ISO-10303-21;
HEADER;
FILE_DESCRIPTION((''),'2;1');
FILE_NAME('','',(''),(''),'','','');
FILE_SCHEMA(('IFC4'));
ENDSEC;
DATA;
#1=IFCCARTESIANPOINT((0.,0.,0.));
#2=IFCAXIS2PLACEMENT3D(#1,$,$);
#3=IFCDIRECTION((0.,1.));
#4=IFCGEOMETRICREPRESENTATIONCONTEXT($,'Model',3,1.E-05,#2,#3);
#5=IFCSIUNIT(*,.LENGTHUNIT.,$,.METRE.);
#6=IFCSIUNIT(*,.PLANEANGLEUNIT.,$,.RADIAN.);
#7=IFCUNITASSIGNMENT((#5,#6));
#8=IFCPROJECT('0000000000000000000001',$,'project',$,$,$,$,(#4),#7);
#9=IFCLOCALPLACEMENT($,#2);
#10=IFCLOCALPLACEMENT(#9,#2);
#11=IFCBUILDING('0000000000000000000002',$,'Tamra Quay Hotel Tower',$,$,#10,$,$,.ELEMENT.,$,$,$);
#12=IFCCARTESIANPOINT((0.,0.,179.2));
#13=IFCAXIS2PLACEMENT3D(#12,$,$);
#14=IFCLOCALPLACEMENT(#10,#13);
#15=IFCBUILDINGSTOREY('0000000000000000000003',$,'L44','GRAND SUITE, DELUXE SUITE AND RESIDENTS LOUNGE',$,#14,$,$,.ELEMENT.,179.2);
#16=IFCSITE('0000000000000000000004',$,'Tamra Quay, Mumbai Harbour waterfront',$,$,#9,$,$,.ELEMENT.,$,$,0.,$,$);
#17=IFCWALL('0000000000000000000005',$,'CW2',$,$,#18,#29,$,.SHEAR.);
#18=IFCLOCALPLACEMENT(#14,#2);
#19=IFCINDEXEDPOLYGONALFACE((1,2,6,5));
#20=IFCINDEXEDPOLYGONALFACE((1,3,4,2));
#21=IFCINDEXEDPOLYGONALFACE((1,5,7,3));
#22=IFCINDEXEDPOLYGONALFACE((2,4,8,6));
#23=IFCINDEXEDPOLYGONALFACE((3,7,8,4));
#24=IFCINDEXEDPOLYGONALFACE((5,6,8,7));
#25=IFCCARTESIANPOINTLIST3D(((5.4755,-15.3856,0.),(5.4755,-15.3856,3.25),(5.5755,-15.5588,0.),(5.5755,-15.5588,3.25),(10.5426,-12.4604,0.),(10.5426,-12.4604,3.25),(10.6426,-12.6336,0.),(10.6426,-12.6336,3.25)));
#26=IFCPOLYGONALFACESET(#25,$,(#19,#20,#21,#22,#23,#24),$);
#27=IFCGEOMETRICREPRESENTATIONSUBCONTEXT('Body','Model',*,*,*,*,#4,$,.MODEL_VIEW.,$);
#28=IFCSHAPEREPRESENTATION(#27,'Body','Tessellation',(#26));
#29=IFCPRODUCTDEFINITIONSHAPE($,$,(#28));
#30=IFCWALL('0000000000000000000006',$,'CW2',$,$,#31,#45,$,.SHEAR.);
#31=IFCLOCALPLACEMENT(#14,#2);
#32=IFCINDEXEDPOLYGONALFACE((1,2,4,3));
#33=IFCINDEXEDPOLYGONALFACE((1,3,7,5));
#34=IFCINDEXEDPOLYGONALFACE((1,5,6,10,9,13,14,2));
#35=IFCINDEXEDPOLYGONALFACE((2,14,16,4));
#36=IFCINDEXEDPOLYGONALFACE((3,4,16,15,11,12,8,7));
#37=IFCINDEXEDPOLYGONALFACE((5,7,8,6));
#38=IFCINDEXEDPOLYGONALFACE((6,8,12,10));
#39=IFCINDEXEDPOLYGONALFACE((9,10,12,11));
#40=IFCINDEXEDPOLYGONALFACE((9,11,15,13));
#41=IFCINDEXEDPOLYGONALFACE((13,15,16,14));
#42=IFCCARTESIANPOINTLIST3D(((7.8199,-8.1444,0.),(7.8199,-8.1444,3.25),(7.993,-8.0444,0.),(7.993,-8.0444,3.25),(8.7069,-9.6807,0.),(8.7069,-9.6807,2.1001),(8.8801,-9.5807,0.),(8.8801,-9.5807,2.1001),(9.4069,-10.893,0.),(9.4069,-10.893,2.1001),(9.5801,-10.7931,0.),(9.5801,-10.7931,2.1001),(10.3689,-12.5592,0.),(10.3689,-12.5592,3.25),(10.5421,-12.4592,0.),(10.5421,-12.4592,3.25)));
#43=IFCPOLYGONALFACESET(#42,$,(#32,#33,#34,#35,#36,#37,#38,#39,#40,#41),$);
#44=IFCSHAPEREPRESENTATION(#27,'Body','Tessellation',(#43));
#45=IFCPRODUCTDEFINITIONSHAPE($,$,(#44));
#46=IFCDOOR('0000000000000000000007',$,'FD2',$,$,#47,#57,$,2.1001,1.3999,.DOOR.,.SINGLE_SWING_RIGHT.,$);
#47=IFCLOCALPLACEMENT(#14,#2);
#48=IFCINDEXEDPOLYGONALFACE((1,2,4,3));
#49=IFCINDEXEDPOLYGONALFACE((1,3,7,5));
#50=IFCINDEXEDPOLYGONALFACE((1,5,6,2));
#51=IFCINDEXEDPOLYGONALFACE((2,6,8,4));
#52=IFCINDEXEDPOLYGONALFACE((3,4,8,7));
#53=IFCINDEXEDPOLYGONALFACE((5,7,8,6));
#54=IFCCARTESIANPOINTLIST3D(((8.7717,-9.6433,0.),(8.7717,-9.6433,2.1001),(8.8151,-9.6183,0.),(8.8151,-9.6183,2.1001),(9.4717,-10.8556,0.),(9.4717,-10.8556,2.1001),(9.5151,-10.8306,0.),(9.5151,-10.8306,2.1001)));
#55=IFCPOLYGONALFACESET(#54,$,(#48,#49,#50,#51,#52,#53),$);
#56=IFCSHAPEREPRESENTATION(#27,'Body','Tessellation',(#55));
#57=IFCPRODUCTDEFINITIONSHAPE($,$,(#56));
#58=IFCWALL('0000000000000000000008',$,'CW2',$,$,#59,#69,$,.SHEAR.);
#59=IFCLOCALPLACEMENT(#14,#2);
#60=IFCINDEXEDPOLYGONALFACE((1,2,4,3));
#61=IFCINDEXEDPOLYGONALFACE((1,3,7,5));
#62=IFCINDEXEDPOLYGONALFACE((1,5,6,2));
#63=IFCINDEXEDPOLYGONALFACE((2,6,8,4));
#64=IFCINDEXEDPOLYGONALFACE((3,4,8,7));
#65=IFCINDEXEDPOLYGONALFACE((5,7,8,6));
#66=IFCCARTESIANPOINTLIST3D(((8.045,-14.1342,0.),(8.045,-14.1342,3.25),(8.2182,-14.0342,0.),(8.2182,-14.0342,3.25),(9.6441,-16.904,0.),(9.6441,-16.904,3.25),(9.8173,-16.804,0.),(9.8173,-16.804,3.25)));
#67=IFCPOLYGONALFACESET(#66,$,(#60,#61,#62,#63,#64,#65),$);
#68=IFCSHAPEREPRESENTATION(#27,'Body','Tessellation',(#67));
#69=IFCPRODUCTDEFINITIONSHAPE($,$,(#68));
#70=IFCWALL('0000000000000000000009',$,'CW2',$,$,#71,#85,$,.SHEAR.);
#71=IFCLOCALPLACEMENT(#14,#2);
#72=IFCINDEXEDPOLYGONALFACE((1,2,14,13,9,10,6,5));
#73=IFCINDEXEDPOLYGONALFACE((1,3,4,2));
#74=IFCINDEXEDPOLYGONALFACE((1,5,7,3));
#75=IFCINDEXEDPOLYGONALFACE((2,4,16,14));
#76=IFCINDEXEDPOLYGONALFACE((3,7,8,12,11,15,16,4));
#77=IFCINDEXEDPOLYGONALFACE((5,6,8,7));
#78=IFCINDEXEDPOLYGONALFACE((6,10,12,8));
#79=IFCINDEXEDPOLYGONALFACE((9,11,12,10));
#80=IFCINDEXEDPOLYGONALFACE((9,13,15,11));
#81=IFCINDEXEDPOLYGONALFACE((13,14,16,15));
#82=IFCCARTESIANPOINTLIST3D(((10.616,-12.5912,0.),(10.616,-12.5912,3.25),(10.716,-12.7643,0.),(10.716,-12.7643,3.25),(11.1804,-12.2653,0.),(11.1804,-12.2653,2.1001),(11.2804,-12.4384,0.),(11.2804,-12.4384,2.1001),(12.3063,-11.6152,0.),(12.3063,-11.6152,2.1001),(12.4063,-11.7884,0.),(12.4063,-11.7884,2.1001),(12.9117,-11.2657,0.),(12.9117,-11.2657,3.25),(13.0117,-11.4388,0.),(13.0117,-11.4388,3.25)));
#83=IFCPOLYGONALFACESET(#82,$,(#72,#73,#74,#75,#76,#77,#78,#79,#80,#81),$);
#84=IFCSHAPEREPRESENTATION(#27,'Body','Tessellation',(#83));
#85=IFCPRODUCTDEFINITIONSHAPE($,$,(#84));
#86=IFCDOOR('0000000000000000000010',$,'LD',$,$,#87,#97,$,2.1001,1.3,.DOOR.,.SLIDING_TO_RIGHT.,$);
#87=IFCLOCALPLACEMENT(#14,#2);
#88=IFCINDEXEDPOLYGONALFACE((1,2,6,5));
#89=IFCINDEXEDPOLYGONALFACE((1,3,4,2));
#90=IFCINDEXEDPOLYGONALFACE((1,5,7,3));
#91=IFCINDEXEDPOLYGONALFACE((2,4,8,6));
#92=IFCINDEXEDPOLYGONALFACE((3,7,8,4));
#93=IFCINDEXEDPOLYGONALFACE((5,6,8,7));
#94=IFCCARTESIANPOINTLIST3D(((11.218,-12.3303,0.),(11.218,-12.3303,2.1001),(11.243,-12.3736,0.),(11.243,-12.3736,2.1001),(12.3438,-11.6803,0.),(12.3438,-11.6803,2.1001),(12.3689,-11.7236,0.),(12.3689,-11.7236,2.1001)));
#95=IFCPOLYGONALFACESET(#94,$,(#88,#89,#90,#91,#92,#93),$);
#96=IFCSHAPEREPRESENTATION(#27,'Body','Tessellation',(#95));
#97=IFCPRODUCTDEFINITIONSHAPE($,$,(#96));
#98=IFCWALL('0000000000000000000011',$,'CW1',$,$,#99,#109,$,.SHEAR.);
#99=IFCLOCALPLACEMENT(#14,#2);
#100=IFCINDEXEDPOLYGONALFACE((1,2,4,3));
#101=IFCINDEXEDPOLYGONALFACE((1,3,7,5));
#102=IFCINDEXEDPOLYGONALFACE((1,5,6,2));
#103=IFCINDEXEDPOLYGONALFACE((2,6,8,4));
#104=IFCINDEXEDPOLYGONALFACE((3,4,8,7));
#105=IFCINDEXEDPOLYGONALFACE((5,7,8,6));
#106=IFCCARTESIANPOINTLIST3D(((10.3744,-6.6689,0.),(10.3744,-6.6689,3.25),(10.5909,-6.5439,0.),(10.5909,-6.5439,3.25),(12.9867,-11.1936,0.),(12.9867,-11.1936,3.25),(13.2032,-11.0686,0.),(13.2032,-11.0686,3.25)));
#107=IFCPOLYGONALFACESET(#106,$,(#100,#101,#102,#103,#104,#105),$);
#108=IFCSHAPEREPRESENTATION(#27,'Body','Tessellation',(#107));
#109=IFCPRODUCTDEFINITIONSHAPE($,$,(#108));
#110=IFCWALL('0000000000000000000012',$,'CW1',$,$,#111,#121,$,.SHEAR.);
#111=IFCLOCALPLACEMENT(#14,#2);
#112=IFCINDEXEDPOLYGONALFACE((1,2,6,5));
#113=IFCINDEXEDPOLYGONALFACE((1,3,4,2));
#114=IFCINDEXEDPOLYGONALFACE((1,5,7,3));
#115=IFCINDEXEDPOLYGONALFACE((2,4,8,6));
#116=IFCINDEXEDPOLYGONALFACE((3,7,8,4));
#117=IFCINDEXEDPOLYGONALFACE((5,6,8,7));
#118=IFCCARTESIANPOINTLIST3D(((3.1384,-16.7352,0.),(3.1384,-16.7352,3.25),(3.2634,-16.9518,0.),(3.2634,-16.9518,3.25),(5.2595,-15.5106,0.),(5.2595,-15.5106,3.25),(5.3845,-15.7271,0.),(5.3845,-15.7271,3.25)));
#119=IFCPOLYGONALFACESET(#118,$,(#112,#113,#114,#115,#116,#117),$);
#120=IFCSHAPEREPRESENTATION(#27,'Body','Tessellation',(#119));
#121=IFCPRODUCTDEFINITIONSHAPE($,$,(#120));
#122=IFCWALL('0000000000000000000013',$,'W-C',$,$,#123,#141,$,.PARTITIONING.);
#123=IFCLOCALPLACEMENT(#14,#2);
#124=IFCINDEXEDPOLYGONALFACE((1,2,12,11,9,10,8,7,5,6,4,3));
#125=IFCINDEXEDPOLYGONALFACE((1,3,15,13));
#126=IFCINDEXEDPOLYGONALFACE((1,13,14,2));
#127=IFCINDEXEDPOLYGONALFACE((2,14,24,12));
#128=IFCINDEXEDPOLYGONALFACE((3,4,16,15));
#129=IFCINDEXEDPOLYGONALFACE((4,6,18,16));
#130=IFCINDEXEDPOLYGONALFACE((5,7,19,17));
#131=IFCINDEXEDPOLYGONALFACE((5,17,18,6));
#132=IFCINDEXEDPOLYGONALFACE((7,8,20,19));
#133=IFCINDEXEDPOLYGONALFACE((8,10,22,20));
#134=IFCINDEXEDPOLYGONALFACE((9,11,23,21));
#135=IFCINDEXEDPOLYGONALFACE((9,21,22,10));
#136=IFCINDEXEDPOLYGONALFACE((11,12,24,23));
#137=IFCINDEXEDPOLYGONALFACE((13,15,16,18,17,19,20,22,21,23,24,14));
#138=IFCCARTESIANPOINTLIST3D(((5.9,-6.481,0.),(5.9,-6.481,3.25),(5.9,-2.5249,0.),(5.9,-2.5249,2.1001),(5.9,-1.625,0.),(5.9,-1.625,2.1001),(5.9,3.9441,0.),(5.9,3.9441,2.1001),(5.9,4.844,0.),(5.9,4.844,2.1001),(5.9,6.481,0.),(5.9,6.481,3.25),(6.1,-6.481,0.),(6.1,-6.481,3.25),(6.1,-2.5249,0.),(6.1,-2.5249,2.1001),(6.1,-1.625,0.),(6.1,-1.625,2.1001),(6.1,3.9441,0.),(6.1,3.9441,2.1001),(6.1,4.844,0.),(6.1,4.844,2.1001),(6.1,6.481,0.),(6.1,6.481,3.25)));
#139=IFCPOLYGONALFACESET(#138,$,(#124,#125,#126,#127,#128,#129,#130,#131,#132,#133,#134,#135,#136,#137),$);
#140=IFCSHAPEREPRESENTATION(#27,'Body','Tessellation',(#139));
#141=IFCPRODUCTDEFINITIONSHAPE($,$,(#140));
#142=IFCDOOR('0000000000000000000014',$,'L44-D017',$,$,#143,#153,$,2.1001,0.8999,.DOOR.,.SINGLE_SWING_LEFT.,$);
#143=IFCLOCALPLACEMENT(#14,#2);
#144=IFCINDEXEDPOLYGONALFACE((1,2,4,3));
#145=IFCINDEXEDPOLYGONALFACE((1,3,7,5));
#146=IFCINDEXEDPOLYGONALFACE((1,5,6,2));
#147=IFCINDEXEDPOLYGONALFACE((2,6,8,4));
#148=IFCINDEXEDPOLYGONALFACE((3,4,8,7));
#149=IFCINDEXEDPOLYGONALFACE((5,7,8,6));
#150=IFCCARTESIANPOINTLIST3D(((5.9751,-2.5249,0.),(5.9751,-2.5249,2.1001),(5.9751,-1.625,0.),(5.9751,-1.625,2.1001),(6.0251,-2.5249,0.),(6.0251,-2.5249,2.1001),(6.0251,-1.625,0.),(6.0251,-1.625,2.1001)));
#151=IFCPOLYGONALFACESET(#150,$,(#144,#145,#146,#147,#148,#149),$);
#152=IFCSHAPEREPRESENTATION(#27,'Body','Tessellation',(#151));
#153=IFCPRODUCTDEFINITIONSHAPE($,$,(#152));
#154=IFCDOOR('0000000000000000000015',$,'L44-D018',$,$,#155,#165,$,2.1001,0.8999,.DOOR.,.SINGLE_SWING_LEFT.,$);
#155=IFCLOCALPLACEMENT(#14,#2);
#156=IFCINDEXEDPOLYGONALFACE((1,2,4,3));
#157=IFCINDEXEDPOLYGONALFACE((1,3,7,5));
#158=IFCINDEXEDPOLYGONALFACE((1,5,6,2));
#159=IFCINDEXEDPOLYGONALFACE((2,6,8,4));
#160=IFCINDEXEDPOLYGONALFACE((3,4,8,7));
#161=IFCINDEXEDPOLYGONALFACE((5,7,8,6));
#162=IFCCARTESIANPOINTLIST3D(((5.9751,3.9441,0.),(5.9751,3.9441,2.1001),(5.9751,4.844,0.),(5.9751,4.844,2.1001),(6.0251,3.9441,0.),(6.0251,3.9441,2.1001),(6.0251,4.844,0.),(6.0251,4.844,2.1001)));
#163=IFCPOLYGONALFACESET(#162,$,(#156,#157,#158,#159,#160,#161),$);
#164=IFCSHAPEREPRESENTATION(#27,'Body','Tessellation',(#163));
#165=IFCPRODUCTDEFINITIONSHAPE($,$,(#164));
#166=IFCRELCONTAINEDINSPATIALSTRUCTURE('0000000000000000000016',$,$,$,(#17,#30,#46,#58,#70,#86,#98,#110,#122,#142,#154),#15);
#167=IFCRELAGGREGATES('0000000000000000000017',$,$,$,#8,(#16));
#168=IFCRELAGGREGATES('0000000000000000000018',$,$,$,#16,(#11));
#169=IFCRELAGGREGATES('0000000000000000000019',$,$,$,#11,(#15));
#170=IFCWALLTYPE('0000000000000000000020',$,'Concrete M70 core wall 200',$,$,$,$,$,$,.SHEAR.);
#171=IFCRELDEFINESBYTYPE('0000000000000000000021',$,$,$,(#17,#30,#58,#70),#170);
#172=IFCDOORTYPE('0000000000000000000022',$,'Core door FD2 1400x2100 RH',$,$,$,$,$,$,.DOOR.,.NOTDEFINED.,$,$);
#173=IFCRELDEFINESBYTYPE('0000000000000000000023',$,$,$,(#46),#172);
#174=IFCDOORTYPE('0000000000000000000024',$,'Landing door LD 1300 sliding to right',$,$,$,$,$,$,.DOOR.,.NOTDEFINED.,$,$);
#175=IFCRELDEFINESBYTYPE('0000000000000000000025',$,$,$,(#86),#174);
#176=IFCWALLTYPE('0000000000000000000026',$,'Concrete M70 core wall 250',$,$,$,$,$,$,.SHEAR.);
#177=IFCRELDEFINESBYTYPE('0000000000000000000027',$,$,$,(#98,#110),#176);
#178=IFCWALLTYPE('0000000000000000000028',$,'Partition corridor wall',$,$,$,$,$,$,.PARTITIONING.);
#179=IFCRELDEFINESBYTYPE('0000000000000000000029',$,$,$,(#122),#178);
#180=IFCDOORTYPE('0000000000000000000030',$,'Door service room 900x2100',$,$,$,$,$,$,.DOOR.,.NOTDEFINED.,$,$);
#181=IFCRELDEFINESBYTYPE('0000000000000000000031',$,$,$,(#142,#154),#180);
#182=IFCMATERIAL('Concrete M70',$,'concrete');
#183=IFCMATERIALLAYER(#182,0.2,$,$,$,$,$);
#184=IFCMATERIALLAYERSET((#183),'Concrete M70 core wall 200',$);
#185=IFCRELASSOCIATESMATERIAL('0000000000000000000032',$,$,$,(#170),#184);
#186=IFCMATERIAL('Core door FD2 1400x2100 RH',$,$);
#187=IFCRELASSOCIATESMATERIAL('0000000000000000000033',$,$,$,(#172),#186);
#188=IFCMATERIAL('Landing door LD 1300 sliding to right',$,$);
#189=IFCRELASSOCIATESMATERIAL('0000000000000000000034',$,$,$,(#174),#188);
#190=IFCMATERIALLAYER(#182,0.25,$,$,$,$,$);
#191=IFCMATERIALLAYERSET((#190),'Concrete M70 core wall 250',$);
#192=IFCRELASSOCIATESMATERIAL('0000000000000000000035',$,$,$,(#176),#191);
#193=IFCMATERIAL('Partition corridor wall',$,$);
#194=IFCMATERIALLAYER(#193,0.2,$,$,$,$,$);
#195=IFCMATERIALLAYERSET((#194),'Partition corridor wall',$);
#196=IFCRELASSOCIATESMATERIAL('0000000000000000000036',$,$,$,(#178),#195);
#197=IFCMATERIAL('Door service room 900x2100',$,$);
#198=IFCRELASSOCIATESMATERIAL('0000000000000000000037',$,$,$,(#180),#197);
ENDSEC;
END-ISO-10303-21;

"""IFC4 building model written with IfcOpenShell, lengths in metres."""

from ifc_helpers import new_model, si_unit, direction, frame, frame_2d, origin, place, context, subcontext, project, spatial, rectangle, extrude, material, layer, layer_set, type_object, element, fill, save


model = new_model("IFC4")

# Units and contexts
model_context = context("Model", 3, precision=1e-05, world=origin(), true_north=direction((0.0, 1.0)))
body_context = subcontext(model_context, "Body", "Model", "MODEL_VIEW")
ifc_project = project(units=[si_unit("LENGTHUNIT", "METRE"), si_unit("PLANEANGLEUNIT", "RADIAN")], contexts=[model_context])

# Site, building, storey
site_placement = place(None, origin())
site = spatial("IfcSite", under=ifc_project, at=site_placement, Name="Tamra Quay, Mumbai Harbour waterfront", CompositionType="ELEMENT", RefElevation=0.0)
building_placement = place(site_placement, origin())
building = spatial("IfcBuilding", under=site, at=building_placement, Name="Tamra Quay Hotel Tower", CompositionType="ELEMENT")
storey_placement = place(building_placement, frame((0.0, 0.0, 179.2)))
storey = spatial("IfcBuildingStorey", under=building, at=storey_placement, Name="L44", Description="GRAND SUITE, DELUXE SUITE AND RESIDENTS LOUNGE", CompositionType="ELEMENT", Elevation=179.2)

# Wall
ifc_material_1 = material(Name="Concrete M70", Category="concrete")
ifc_layer_1 = layer(ifc_material_1, 0.2)
ifc_layer_set_1 = layer_set([ifc_layer_1], Name="Concrete M70 core wall 200")
wall_type_1 = type_object("IfcWallType", Name="Concrete M70 core wall 200", PredefinedType="SHEAR", material=ifc_layer_set_1)
wall_1_placement = place(storey_placement, frame((5.5256, -15.4722, 0.0), z_axis=(0.0, 0.0, 1.0), x_axis=(0.866042, 0.499972, 0.0)))
element("IfcWall", 1, at=wall_1_placement, inside=storey, type_object=wall_type_1, Name="CW2", PredefinedType="SHEAR", context=body_context, shape_type="SweptSolid", body=[
    extrude(rectangle(XDim=5.8508, YDim=0.2, at=frame_2d((2.9253, 0.0))), origin(), (0.0, 0.0, 1.0), 3.25),
])

# Wall, opening, door
wall_2_placement = place(storey_placement, frame((7.9065, -8.0945, 0.0), z_axis=(0.0, 0.0, 1.0), x_axis=(0.500028, -0.866009, 0.0)))
wall_2 = element("IfcWall", 2, at=wall_2_placement, inside=storey, type_object=wall_type_1, Name="CW2", PredefinedType="SHEAR", context=body_context, shape_type="SweptSolid", body=[
    extrude(rectangle(XDim=5.0979, YDim=0.2, at=frame_2d((2.5488, 0.0))), origin(), (0.0, 0.0, 1.0), 3.25),
])
opening_1_placement = place(wall_2_placement, frame((1.7739, 0.0, 0.0)))
opening_1 = element("IfcOpeningElement", 3, at=opening_1_placement, cuts=wall_2, PredefinedType="OPENING", context=body_context, shape_type="SweptSolid", body=[
    extrude(rectangle(XDim=1.3999, YDim=2.1001, at=frame_2d((0.7, 1.05))), frame((0.0, 0.1099, 0.0), z_axis=(0.0, -1.0, 0.0), x_axis=(1.0, 0.0, 0.0)), (0.0, 0.0, 1.0), 0.22),
])
ifc_material_2 = material(Name="Core door FD2 1400x2100 RH")
door_type_1 = type_object("IfcDoorType", Name="Core door FD2 1400x2100 RH", OperationType="NOTDEFINED", PredefinedType="DOOR", material=ifc_material_2)
door_1_placement = place(opening_1_placement, origin())
door_1 = element("IfcDoor", 4, at=door_1_placement, inside=storey, type_object=door_type_1, Name="FD2", OperationType="SINGLE_SWING_RIGHT", OverallHeight=2.1001, OverallWidth=1.3999, PredefinedType="DOOR", context=body_context, shape_type="SweptSolid", body=[
    extrude(rectangle(XDim=1.3999, YDim=2.1001, at=frame_2d((0.7, 1.05))), frame((0.0, 0.0249, 0.0), z_axis=(0.0, -1.0, 0.0), x_axis=(1.0, 0.0, 0.0)), (0.0, 0.0, 1.0), 0.05),
])
fill(opening_1, door_1)

# Wall
wall_3_placement = place(storey_placement, frame((8.1316, -14.0842, 0.0), z_axis=(0.0, 0.0, 1.0), x_axis=(0.499998, -0.866027, 0.0)))
element("IfcWall", 5, at=wall_3_placement, inside=storey, type_object=wall_type_1, Name="CW2", PredefinedType="SHEAR", context=body_context, shape_type="SweptSolid", body=[
    extrude(rectangle(XDim=3.1982, YDim=0.2, at=frame_2d((1.5991, 0.0))), origin(), (0.0, 0.0, 1.0), 3.25),
])

# Wall, opening, door
wall_4_placement = place(storey_placement, frame((10.666, -12.6777, 0.0), z_axis=(0.0, 0.0, 1.0), x_axis=(0.866018, 0.500012, 0.0)))
wall_4 = element("IfcWall", 6, at=wall_4_placement, inside=storey, type_object=wall_type_1, Name="CW2", PredefinedType="SHEAR", context=body_context, shape_type="SweptSolid", body=[
    extrude(rectangle(XDim=2.6509, YDim=0.2, at=frame_2d((1.3254, 0.0))), origin(), (0.0, 0.0, 1.0), 3.25),
])
opening_2_placement = place(wall_4_placement, frame((0.6519, 0.0, 0.0)))
opening_2 = element("IfcOpeningElement", 7, at=opening_2_placement, cuts=wall_4, PredefinedType="OPENING", context=body_context, shape_type="SweptSolid", body=[
    extrude(rectangle(XDim=1.3, YDim=2.1001, at=frame_2d((0.6499, 1.05))), frame((0.0, 0.1099, 0.0), z_axis=(0.0, -1.0, 0.0), x_axis=(1.0, 0.0, 0.0)), (0.0, 0.0, 1.0), 0.22),
])
ifc_material_3 = material(Name="Landing door LD 1300 sliding to right")
door_type_2 = type_object("IfcDoorType", Name="Landing door LD 1300 sliding to right", OperationType="NOTDEFINED", PredefinedType="DOOR", material=ifc_material_3)
door_2_placement = place(opening_2_placement, origin())
door_2 = element("IfcDoor", 8, at=door_2_placement, inside=storey, type_object=door_type_2, Name="LD", OperationType="SLIDING_TO_RIGHT", OverallHeight=2.1001, OverallWidth=1.3, PredefinedType="DOOR", context=body_context, shape_type="SweptSolid", body=[
    extrude(rectangle(XDim=1.3, YDim=2.1001, at=frame_2d((0.6499, 1.05))), frame((0.0, 0.0249, 0.0), z_axis=(0.0, -1.0, 0.0), x_axis=(1.0, 0.0, 0.0)), (0.0, 0.0, 1.0), 0.05),
])
fill(opening_2, door_2)

# Walls
ifc_layer_2 = layer(ifc_material_1, 0.25)
ifc_layer_set_2 = layer_set([ifc_layer_2], Name="Concrete M70 core wall 250")
wall_type_2 = type_object("IfcWallType", Name="Concrete M70 core wall 250", PredefinedType="SHEAR", material=ifc_layer_set_2)
wall_5_placement = place(storey_placement, frame((10.4827, -6.6064, 0.0), z_axis=(0.0, 0.0, 1.0), x_axis=(0.499999, -0.866026, 0.0)))
element("IfcWall", 9, at=wall_5_placement, inside=storey, type_object=wall_type_2, Name="CW1", PredefinedType="SHEAR", context=body_context, shape_type="SweptSolid", body=[
    extrude(rectangle(XDim=5.2246, YDim=0.25, at=frame_2d((2.6123, 0.0))), origin(), (0.0, 0.0, 1.0), 3.25),
])
wall_6_placement = place(storey_placement, frame((5.322, -15.6189, 0.0), z_axis=(0.0, 0.0, 1.0), x_axis=(-0.866026, -0.499999, 0.0)))
element("IfcWall", 10, at=wall_6_placement, inside=storey, type_object=wall_type_2, Name="CW1", PredefinedType="SHEAR", context=body_context, shape_type="SweptSolid", body=[
    extrude(rectangle(XDim=2.4492, YDim=0.25, at=frame_2d((1.2246, 0.0))), origin(), (0.0, 0.0, 1.0), 3.25),
])

# Wall, openings, doors
ifc_material_4 = material(Name="Partition corridor wall")
ifc_layer_3 = layer(ifc_material_4, 0.2)
ifc_layer_set_3 = layer_set([ifc_layer_3], Name="Partition corridor wall")
wall_type_3 = type_object("IfcWallType", Name="Partition corridor wall", PredefinedType="PARTITIONING", material=ifc_layer_set_3)
wall_7_placement = place(storey_placement, frame((6.0, -6.481, 0.0), z_axis=(0.0, 0.0, 1.0), x_axis=(0.0, 1.0, 0.0)))
wall_7 = element("IfcWall", 11, at=wall_7_placement, inside=storey, type_object=wall_type_3, Name="W-C", PredefinedType="PARTITIONING", context=body_context, shape_type="SweptSolid", body=[
    extrude(rectangle(XDim=12.9619, YDim=0.2, at=frame_2d((6.481, 0.0))), origin(), (0.0, 0.0, 1.0), 3.25),
])
opening_3_placement = place(wall_7_placement, frame((3.9561, 0.0, 0.0)))
opening_3 = element("IfcOpeningElement", 12, at=opening_3_placement, cuts=wall_7, PredefinedType="OPENING", context=body_context, shape_type="SweptSolid", body=[
    extrude(rectangle(XDim=0.8999, YDim=2.1001, at=frame_2d((0.45, 1.05))), frame((0.0, 0.1099, 0.0), z_axis=(0.0, -1.0, 0.0), x_axis=(1.0, 0.0, 0.0)), (0.0, 0.0, 1.0), 0.22),
])
opening_4_placement = place(wall_7_placement, frame((10.425, 0.0, 0.0)))
opening_4 = element("IfcOpeningElement", 13, at=opening_4_placement, cuts=wall_7, PredefinedType="OPENING", context=body_context, shape_type="SweptSolid", body=[
    extrude(rectangle(XDim=0.8999, YDim=2.1001, at=frame_2d((0.45, 1.05))), frame((0.0, 0.1099, 0.0), z_axis=(0.0, -1.0, 0.0), x_axis=(1.0, 0.0, 0.0)), (0.0, 0.0, 1.0), 0.22),
])
ifc_material_5 = material(Name="Door service room 900x2100")
door_type_3 = type_object("IfcDoorType", Name="Door service room 900x2100", OperationType="NOTDEFINED", PredefinedType="DOOR", material=ifc_material_5)
door_3_placement = place(opening_3_placement, origin())
door_3 = element("IfcDoor", 14, at=door_3_placement, inside=storey, type_object=door_type_3, Name="L44-D017", OperationType="SINGLE_SWING_LEFT", OverallHeight=2.1001, OverallWidth=0.8999, PredefinedType="DOOR", context=body_context, shape_type="SweptSolid", body=[
    extrude(rectangle(XDim=0.8999, YDim=2.1001, at=frame_2d((0.45, 1.05))), frame((0.0, 0.0249, 0.0), z_axis=(0.0, -1.0, 0.0), x_axis=(1.0, 0.0, 0.0)), (0.0, 0.0, 1.0), 0.05),
])
fill(opening_3, door_3)
door_4_placement = place(opening_4_placement, origin())
door_4 = element("IfcDoor", 15, at=door_4_placement, inside=storey, type_object=door_type_3, Name="L44-D018", OperationType="SINGLE_SWING_LEFT", OverallHeight=2.1001, OverallWidth=0.8999, PredefinedType="DOOR", context=body_context, shape_type="SweptSolid", body=[
    extrude(rectangle(XDim=0.8999, YDim=2.1001, at=frame_2d((0.45, 1.05))), frame((0.0, 0.0249, 0.0), z_axis=(0.0, -1.0, 0.0), x_axis=(1.0, 0.0, 0.0)), (0.0, 0.0, 1.0), 0.05),
])
fill(opening_4, door_4)

save(model, "model.ifc")
